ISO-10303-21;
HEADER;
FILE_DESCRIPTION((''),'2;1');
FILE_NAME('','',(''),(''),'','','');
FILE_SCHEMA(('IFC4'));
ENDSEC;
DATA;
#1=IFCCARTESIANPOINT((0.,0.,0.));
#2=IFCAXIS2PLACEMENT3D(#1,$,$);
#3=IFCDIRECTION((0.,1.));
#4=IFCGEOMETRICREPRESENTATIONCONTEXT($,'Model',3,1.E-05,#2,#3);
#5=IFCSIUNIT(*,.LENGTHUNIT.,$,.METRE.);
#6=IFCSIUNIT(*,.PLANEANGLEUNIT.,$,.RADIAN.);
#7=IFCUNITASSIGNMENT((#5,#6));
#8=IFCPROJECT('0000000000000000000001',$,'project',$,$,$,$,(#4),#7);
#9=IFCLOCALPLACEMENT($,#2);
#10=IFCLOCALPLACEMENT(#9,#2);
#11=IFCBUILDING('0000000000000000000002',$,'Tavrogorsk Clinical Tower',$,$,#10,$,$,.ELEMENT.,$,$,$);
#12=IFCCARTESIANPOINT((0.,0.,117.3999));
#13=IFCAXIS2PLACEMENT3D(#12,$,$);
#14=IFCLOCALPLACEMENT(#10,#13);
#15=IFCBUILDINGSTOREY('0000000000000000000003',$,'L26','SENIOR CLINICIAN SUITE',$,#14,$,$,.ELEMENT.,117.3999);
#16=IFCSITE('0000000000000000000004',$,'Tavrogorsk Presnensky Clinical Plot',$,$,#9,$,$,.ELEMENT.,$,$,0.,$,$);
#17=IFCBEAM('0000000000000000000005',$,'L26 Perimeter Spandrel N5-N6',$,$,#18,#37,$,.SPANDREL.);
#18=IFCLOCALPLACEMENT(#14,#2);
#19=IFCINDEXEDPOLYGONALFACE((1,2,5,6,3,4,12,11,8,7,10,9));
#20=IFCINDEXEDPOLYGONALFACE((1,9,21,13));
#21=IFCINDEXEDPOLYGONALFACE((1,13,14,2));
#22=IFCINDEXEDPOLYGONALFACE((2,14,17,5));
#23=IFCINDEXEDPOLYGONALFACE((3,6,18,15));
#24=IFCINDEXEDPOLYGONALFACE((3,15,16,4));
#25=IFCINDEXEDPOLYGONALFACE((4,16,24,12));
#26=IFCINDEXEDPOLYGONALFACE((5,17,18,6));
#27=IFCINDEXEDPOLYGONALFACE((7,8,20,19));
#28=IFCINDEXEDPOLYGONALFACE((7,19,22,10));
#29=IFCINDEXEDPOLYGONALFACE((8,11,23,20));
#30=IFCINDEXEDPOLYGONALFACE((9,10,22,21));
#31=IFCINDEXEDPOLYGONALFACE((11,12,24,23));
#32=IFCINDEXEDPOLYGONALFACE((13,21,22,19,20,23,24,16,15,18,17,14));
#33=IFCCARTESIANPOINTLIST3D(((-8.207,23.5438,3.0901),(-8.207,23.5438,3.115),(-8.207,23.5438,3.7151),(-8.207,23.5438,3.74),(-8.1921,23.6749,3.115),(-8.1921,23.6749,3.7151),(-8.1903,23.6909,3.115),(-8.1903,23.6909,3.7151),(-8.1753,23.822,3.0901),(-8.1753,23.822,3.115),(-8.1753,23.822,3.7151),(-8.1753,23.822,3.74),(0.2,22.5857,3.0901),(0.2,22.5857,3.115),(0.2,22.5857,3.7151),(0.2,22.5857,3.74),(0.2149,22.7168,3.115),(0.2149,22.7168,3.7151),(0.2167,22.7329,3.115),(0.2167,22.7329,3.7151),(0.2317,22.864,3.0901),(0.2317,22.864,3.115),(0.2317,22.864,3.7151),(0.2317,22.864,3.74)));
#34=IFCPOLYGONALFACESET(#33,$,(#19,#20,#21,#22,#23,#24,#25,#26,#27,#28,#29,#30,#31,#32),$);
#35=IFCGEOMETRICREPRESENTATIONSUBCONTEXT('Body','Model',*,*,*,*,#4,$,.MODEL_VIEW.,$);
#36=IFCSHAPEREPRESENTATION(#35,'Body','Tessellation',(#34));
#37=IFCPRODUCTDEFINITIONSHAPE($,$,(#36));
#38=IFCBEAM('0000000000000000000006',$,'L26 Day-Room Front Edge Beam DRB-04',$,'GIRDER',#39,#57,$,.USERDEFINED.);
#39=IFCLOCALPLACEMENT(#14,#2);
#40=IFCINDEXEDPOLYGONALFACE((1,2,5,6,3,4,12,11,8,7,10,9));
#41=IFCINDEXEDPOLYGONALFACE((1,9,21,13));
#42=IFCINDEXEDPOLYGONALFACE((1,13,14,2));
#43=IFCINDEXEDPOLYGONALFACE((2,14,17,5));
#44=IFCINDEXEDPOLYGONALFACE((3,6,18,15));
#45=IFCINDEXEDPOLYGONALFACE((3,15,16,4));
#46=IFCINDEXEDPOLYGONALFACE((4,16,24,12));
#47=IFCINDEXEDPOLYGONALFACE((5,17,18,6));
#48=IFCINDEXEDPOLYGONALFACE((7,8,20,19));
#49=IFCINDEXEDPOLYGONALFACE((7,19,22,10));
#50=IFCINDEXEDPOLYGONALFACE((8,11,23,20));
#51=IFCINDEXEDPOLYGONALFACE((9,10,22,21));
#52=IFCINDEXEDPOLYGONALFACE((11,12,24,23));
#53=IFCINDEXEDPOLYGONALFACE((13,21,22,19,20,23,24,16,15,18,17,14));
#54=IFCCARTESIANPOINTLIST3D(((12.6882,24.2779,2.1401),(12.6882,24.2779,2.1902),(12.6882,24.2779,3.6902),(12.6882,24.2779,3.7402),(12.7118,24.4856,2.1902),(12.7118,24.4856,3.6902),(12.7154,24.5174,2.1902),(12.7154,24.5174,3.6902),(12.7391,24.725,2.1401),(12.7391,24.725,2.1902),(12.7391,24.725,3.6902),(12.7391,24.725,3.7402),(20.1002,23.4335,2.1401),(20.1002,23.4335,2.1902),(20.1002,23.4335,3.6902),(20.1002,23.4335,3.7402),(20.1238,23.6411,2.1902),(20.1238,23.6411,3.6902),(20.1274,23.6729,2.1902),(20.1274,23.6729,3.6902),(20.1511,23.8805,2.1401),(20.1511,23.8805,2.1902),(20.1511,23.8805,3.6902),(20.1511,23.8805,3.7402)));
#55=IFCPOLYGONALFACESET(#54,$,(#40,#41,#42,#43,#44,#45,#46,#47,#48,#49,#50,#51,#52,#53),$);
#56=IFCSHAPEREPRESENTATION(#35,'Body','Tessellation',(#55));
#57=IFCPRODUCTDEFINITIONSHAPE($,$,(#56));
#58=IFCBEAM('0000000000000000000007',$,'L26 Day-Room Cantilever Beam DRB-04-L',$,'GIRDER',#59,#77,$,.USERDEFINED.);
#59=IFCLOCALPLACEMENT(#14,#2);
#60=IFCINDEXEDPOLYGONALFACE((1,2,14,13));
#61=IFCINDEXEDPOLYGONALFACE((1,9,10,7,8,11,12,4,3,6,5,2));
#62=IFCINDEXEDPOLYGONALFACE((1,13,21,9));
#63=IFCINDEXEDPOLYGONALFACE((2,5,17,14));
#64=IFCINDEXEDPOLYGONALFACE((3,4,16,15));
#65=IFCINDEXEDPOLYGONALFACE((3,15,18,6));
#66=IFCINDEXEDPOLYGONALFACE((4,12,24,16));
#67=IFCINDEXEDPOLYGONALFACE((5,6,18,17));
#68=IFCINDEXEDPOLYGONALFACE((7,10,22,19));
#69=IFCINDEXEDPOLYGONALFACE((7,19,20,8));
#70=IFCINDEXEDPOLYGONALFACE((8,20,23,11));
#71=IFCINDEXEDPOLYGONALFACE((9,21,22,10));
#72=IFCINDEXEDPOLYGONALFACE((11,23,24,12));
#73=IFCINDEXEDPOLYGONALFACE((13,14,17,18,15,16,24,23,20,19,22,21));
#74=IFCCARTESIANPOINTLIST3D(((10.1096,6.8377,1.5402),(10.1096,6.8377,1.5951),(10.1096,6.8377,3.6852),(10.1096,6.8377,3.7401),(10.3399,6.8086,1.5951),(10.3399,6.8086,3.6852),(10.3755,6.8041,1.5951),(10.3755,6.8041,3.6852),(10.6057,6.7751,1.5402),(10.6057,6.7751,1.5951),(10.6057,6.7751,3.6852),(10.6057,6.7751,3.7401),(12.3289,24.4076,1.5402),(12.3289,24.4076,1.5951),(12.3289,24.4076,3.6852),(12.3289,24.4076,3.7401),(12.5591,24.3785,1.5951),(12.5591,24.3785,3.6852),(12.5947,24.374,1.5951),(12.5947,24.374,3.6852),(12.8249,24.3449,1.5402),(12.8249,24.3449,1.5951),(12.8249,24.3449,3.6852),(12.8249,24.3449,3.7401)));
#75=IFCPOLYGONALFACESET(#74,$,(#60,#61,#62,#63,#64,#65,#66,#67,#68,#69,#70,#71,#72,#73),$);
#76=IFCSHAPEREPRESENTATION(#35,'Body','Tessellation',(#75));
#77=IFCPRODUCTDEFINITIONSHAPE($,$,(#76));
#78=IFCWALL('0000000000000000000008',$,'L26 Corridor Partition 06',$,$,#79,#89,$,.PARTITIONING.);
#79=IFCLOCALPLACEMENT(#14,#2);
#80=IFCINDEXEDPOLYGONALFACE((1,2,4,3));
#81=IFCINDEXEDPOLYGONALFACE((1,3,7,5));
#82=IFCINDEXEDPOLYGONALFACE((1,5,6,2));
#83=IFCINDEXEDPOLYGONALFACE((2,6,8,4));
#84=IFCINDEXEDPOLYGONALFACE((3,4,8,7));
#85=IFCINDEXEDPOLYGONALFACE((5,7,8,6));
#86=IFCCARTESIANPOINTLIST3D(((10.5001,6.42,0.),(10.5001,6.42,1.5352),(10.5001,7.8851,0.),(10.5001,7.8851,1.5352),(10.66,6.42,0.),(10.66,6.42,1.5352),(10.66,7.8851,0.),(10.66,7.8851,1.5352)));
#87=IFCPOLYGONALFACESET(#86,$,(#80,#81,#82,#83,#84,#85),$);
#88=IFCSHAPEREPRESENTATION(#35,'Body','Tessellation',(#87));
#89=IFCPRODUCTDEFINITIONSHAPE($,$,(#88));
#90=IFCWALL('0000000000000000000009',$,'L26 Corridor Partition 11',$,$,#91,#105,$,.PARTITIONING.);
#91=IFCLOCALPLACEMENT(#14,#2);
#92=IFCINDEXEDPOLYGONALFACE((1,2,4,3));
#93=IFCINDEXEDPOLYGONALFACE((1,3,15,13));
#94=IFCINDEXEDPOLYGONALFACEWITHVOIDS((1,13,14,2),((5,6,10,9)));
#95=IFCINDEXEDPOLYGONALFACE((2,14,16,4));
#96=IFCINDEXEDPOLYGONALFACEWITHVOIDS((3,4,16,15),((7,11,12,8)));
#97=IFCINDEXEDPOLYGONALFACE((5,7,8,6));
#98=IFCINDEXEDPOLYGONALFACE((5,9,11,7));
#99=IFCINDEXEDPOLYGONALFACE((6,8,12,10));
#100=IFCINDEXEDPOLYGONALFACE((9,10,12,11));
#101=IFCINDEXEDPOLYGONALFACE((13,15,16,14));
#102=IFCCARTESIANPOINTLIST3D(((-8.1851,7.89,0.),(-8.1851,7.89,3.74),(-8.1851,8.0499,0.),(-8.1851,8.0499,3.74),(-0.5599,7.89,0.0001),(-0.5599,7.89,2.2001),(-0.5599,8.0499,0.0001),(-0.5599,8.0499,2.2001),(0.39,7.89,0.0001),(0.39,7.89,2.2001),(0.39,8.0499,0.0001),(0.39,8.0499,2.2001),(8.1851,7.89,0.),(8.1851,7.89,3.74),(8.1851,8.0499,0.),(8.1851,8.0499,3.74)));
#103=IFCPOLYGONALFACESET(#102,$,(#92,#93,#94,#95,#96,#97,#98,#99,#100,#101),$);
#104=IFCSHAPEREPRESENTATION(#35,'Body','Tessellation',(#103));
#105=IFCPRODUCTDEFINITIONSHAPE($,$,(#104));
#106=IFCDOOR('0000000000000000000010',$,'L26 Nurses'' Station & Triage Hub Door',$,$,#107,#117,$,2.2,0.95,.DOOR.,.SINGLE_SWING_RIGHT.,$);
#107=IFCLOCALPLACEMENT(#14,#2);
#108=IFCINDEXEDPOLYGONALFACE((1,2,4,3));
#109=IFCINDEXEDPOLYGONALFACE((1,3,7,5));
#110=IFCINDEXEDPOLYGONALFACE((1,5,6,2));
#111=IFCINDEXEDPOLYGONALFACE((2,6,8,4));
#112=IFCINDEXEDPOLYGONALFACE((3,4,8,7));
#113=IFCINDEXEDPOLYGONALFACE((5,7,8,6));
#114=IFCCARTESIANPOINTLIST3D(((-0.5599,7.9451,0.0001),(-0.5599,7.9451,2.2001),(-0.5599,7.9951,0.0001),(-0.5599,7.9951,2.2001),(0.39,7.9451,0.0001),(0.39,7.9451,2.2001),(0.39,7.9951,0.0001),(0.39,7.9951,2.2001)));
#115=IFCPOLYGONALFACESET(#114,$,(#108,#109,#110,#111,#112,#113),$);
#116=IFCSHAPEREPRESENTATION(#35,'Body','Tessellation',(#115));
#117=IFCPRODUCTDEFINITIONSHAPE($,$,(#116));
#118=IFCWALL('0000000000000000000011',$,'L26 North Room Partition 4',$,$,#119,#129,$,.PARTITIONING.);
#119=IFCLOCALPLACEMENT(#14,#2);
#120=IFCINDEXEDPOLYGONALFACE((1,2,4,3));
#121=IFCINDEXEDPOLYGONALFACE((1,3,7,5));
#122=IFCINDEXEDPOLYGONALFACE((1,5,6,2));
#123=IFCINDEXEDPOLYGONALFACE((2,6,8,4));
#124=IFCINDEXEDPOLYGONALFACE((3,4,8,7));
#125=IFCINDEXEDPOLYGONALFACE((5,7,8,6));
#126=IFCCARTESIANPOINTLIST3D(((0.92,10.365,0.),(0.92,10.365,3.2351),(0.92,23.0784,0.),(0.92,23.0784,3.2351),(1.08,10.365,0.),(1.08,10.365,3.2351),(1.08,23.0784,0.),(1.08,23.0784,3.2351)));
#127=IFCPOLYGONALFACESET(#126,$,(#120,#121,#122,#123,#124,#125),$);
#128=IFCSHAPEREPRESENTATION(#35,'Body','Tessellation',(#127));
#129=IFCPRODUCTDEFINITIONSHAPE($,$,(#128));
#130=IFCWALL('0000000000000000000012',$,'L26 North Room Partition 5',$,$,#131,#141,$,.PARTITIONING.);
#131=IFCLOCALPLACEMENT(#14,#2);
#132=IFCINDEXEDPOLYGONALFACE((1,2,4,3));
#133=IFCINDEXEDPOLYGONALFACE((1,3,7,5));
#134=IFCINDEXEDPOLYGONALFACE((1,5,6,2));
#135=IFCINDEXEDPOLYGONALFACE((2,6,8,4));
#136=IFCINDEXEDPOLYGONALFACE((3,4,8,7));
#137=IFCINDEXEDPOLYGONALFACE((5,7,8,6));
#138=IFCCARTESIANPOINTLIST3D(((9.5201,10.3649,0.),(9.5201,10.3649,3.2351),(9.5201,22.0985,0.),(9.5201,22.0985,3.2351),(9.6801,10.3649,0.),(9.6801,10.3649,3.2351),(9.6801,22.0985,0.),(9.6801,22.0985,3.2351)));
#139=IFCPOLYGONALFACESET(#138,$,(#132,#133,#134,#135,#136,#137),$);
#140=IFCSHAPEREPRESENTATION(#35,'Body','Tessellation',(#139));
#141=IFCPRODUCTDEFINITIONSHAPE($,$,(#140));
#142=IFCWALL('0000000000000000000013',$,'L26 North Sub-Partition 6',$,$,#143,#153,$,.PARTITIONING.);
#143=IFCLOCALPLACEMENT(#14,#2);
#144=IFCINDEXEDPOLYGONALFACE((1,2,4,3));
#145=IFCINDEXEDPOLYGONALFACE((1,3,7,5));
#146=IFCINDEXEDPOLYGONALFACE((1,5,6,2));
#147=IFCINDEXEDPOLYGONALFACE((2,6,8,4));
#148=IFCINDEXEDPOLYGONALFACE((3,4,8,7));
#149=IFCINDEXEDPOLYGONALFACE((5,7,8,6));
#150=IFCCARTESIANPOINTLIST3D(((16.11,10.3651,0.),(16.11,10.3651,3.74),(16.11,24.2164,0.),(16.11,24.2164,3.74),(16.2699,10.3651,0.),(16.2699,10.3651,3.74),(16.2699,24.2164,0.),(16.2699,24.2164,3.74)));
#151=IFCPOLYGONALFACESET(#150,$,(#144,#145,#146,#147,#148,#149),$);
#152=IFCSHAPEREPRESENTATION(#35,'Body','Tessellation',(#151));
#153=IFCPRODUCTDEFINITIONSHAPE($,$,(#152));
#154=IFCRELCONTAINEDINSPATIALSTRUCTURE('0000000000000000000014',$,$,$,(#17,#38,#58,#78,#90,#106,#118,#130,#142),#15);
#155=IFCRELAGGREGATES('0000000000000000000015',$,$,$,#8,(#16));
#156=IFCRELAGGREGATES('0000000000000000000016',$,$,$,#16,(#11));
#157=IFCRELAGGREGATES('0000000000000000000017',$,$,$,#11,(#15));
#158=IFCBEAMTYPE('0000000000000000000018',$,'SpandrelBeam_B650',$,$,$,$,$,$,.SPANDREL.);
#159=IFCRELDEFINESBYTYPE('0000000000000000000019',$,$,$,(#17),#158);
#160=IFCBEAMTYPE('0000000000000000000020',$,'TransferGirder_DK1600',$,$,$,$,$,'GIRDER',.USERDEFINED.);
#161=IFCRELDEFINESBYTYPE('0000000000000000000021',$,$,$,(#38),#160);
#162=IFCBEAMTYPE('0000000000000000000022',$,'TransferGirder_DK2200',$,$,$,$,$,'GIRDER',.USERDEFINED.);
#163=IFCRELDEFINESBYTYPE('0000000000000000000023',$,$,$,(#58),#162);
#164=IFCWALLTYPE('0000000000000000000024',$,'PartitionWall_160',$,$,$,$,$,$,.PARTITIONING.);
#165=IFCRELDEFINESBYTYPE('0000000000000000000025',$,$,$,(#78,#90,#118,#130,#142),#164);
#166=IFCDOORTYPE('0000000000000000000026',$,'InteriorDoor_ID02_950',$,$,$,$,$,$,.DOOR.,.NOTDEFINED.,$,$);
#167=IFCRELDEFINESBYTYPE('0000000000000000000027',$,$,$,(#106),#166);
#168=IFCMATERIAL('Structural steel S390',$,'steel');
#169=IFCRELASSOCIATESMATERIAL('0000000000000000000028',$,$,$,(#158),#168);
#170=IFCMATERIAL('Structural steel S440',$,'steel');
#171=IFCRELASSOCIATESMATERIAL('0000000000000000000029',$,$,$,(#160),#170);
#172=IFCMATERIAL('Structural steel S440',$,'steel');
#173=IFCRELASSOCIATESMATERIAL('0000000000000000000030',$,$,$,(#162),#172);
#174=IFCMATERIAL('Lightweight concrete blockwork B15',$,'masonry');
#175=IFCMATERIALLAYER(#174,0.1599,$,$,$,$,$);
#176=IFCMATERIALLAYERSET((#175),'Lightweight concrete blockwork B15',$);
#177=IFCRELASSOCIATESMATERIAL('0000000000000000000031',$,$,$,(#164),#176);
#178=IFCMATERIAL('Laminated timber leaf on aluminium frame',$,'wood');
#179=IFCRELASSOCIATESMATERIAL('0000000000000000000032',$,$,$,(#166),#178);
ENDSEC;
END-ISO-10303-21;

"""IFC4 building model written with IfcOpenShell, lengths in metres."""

from ifc_helpers import new_model, si_unit, direction, frame, frame_2d, origin, origin_2d, place, context, subcontext, project, spatial, rectangle, i_section, extrude, material, layer, layer_set, material_profile, profile_set, type_object, element, fill, save


model = new_model("IFC4")

# Units and contexts
model_context = context("Model", 3, precision=1e-05, world=origin(), true_north=direction((0.0, 1.0)))
body_context = subcontext(model_context, "Body", "Model", "MODEL_VIEW")
ifc_project = project(units=[si_unit("LENGTHUNIT", "METRE"), si_unit("PLANEANGLEUNIT", "RADIAN")], contexts=[model_context])

# Site, building, storey
site_placement = place(None, origin())
site = spatial("IfcSite", under=ifc_project, at=site_placement, Name="Tavrogorsk Presnensky Clinical Plot", CompositionType="ELEMENT", RefElevation=0.0)
building_placement = place(site_placement, origin())
building = spatial("IfcBuilding", under=site, at=building_placement, Name="Tavrogorsk Clinical Tower", CompositionType="ELEMENT")
storey_placement = place(building_placement, frame((0.0, 0.0, 117.3999)))
storey = spatial("IfcBuildingStorey", under=building, at=storey_placement, Name="L26", Description="SENIOR CLINICIAN SUITE", CompositionType="ELEMENT", Elevation=117.3999)

# Beams
ifc_material_1 = material(Name="Structural steel S390", Category="steel")
ifc_material_profile_1 = material_profile(ifc_material_1, i_section(OverallWidth=0.28, OverallDepth=0.6499, WebThickness=0.0161, FlangeThickness=0.0249, at=origin_2d()), Name="B-650x280x16x25")
ifc_profile_set_1 = profile_set([ifc_material_profile_1], Name="Structural steel S390")
beam_type_1 = type_object("IfcBeamType", Name="SpandrelBeam_B650", PredefinedType="SPANDREL", material=ifc_profile_set_1)
for number, where, z_axis, x_axis, name in (
    (1, (0.2158, 22.7249, 3.415), (-0.99357, 0.113221, 0.0), (-0.113221, -0.99357, 0.0), "L26 Perimeter Spandrel N5-N6"),
):
    element("IfcBeam", number, at=place(storey_placement, frame(where, z_axis=z_axis, x_axis=x_axis)), inside=storey, type_object=beam_type_1, Name=name, PredefinedType="SPANDREL", context=body_context, shape_type="SweptSolid", body=[
        extrude(i_section(OverallWidth=0.28, OverallDepth=0.6499, WebThickness=0.0161, FlangeThickness=0.0249, at=origin_2d()), origin(), (0.0, 0.0, 1.0), 8.4614),
    ])
ifc_material_2 = material(Name="Structural steel S440", Category="steel")
ifc_material_profile_2 = material_profile(ifc_material_2, i_section(OverallWidth=0.45, OverallDepth=1.6001, WebThickness=0.032, FlangeThickness=0.05, at=origin_2d()), Name="DK-1600x450x32x50")
ifc_profile_set_2 = profile_set([ifc_material_profile_2], Name="Structural steel S440")
beam_type_2 = type_object("IfcBeamType", Name="TransferGirder_DK1600", ElementType="GIRDER", PredefinedType="USERDEFINED", material=ifc_profile_set_2)
beam_1_placement = place(storey_placement, frame((12.7136, 24.5015, 2.9402), z_axis=(0.993572, -0.1132, 0.0), x_axis=(0.1132, 0.993572, 0.0)))
element("IfcBeam", 2, at=beam_1_placement, inside=storey, type_object=beam_type_2, Name="L26 Day-Room Front Edge Beam DRB-04", ObjectType="GIRDER", PredefinedType="USERDEFINED", context=body_context, shape_type="SweptSolid", body=[
    extrude(i_section(OverallWidth=0.45, OverallDepth=1.6001, WebThickness=0.032, FlangeThickness=0.05, at=origin_2d()), origin(), (0.0, 0.0, 1.0), 7.46),
])
ifc_material_3 = material(Name="Structural steel S440", Category="steel")
ifc_material_profile_3 = material_profile(ifc_material_3, i_section(OverallWidth=0.5, OverallDepth=2.2, WebThickness=0.0359, FlangeThickness=0.0549, at=origin_2d()), Name="DK-2200x500x36x55")
ifc_profile_set_3 = profile_set([ifc_material_profile_3], Name="Structural steel S440")
beam_type_3 = type_object("IfcBeamType", Name="TransferGirder_DK2200", ElementType="GIRDER", PredefinedType="USERDEFINED", material=ifc_profile_set_3)
beam_2_placement = place(storey_placement, frame((10.3577, 6.8064, 2.6401), z_axis=(0.125314, 0.992117, 0.0), x_axis=(-0.992117, 0.125314, 0.0)))
element("IfcBeam", 3, at=beam_2_placement, inside=storey, type_object=beam_type_3, Name="L26 Day-Room Cantilever Beam DRB-04-L", ObjectType="GIRDER", PredefinedType="USERDEFINED", context=body_context, shape_type="SweptSolid", body=[
    extrude(i_section(OverallWidth=0.5, OverallDepth=2.2, WebThickness=0.0359, FlangeThickness=0.0549, at=origin_2d()), origin(), (0.0, 0.0, 1.0), 17.7095),
])

# Wall
ifc_material_4 = material(Name="Lightweight concrete blockwork B15", Category="masonry")
ifc_layer_1 = layer(ifc_material_4, 0.1599)
ifc_layer_set_1 = layer_set([ifc_layer_1], Name="Lightweight concrete blockwork B15")
wall_type_1 = type_object("IfcWallType", Name="PartitionWall_160", PredefinedType="PARTITIONING", material=ifc_layer_set_1)
wall_1_placement = place(storey_placement, frame((10.5801, 7.885, 0.0), z_axis=(0.0, 0.0, 1.0), x_axis=(0.0, -1.0, 0.0)))
element("IfcWall", 4, at=wall_1_placement, inside=storey, type_object=wall_type_1, Name="L26 Corridor Partition 06", PredefinedType="PARTITIONING", context=body_context, shape_type="SweptSolid", body=[
    extrude(rectangle(XDim=1.4651, YDim=0.1599, at=frame_2d((0.7324, 0.0))), origin(), (0.0, 0.0, 1.0), 1.5352),
])

# Wall, opening, door
wall_2_placement = place(storey_placement, frame((8.1851, 7.97, 0.0), z_axis=(0.0, 0.0, 1.0), x_axis=(-1.0, 0.0, 0.0)))
wall_2 = element("IfcWall", 5, at=wall_2_placement, inside=storey, type_object=wall_type_1, Name="L26 Corridor Partition 11", PredefinedType="PARTITIONING", context=body_context, shape_type="SweptSolid", body=[
    extrude(rectangle(XDim=16.3701, YDim=0.1599, at=frame_2d((8.1851, 0.0))), origin(), (0.0, 0.0, 1.0), 3.74),
])
opening_1_placement = place(wall_2_placement, frame((7.7949, 0.0, 0.0)))
opening_1 = element("IfcOpeningElement", 6, at=opening_1_placement, cuts=wall_2, PredefinedType="OPENING", context=body_context, shape_type="SweptSolid", body=[
    extrude(rectangle(XDim=0.95, YDim=2.2, at=frame_2d((0.4751, 1.1001))), frame((0.0, 0.0898, 0.0), z_axis=(0.0, -1.0, 0.0), x_axis=(1.0, 0.0, 0.0)), (0.0, 0.0, 1.0), 0.1799),
])
ifc_material_5 = material(Name="Laminated timber leaf on aluminium frame", Category="wood")
door_type = type_object("IfcDoorType", Name="InteriorDoor_ID02_950", OperationType="NOTDEFINED", PredefinedType="DOOR", material=ifc_material_5)
door_placement = place(opening_1_placement, origin())
door = element("IfcDoor", 7, at=door_placement, inside=storey, type_object=door_type, Name="L26 Nurses' Station & Triage Hub Door", OperationType="SINGLE_SWING_RIGHT", OverallHeight=2.2, OverallWidth=0.95, PredefinedType="DOOR", context=body_context, shape_type="SweptSolid", body=[
    extrude(rectangle(XDim=0.95, YDim=2.2, at=frame_2d((0.4751, 1.1001))), frame((0.0, 0.0249, 0.0), z_axis=(0.0, -1.0, 0.0), x_axis=(1.0, 0.0, 0.0)), (0.0, 0.0, 1.0), 0.05),
])
fill(opening_1, door)

# Walls
wall_3_placement = place(storey_placement, frame((1.0, 10.365, 0.0), z_axis=(0.0, 0.0, 1.0), x_axis=(0.0, 1.0, 0.0)))
element("IfcWall", 8, at=wall_3_placement, inside=storey, type_object=wall_type_1, Name="L26 North Room Partition 4", PredefinedType="PARTITIONING", context=body_context, shape_type="SweptSolid", body=[
    extrude(rectangle(XDim=12.7134, YDim=0.1599, at=frame_2d((6.3567, 0.0))), origin(), (0.0, 0.0, 1.0), 3.2351),
])
wall_4_placement = place(storey_placement, frame((9.6001, 10.365, 0.0), z_axis=(0.0, 0.0, 1.0), x_axis=(0.0, 1.0, 0.0)))
element("IfcWall", 9, at=wall_4_placement, inside=storey, type_object=wall_type_1, Name="L26 North Room Partition 5", PredefinedType="PARTITIONING", context=body_context, shape_type="SweptSolid", body=[
    extrude(rectangle(XDim=11.7336, YDim=0.1599, at=frame_2d((5.8667, 0.0))), origin(), (0.0, 0.0, 1.0), 3.2351),
])
wall_5_placement = place(storey_placement, frame((16.1899, 10.365, 0.0), z_axis=(0.0, 0.0, 1.0), x_axis=(0.0, 1.0, 0.0)))
element("IfcWall", 10, at=wall_5_placement, inside=storey, type_object=wall_type_1, Name="L26 North Sub-Partition 6", PredefinedType="PARTITIONING", context=body_context, shape_type="SweptSolid", body=[
    extrude(rectangle(XDim=13.8513, YDim=0.1599, at=frame_2d((6.9258, 0.0))), origin(), (0.0, 0.0, 1.0), 3.74),
])

save(model, "model.ifc")
